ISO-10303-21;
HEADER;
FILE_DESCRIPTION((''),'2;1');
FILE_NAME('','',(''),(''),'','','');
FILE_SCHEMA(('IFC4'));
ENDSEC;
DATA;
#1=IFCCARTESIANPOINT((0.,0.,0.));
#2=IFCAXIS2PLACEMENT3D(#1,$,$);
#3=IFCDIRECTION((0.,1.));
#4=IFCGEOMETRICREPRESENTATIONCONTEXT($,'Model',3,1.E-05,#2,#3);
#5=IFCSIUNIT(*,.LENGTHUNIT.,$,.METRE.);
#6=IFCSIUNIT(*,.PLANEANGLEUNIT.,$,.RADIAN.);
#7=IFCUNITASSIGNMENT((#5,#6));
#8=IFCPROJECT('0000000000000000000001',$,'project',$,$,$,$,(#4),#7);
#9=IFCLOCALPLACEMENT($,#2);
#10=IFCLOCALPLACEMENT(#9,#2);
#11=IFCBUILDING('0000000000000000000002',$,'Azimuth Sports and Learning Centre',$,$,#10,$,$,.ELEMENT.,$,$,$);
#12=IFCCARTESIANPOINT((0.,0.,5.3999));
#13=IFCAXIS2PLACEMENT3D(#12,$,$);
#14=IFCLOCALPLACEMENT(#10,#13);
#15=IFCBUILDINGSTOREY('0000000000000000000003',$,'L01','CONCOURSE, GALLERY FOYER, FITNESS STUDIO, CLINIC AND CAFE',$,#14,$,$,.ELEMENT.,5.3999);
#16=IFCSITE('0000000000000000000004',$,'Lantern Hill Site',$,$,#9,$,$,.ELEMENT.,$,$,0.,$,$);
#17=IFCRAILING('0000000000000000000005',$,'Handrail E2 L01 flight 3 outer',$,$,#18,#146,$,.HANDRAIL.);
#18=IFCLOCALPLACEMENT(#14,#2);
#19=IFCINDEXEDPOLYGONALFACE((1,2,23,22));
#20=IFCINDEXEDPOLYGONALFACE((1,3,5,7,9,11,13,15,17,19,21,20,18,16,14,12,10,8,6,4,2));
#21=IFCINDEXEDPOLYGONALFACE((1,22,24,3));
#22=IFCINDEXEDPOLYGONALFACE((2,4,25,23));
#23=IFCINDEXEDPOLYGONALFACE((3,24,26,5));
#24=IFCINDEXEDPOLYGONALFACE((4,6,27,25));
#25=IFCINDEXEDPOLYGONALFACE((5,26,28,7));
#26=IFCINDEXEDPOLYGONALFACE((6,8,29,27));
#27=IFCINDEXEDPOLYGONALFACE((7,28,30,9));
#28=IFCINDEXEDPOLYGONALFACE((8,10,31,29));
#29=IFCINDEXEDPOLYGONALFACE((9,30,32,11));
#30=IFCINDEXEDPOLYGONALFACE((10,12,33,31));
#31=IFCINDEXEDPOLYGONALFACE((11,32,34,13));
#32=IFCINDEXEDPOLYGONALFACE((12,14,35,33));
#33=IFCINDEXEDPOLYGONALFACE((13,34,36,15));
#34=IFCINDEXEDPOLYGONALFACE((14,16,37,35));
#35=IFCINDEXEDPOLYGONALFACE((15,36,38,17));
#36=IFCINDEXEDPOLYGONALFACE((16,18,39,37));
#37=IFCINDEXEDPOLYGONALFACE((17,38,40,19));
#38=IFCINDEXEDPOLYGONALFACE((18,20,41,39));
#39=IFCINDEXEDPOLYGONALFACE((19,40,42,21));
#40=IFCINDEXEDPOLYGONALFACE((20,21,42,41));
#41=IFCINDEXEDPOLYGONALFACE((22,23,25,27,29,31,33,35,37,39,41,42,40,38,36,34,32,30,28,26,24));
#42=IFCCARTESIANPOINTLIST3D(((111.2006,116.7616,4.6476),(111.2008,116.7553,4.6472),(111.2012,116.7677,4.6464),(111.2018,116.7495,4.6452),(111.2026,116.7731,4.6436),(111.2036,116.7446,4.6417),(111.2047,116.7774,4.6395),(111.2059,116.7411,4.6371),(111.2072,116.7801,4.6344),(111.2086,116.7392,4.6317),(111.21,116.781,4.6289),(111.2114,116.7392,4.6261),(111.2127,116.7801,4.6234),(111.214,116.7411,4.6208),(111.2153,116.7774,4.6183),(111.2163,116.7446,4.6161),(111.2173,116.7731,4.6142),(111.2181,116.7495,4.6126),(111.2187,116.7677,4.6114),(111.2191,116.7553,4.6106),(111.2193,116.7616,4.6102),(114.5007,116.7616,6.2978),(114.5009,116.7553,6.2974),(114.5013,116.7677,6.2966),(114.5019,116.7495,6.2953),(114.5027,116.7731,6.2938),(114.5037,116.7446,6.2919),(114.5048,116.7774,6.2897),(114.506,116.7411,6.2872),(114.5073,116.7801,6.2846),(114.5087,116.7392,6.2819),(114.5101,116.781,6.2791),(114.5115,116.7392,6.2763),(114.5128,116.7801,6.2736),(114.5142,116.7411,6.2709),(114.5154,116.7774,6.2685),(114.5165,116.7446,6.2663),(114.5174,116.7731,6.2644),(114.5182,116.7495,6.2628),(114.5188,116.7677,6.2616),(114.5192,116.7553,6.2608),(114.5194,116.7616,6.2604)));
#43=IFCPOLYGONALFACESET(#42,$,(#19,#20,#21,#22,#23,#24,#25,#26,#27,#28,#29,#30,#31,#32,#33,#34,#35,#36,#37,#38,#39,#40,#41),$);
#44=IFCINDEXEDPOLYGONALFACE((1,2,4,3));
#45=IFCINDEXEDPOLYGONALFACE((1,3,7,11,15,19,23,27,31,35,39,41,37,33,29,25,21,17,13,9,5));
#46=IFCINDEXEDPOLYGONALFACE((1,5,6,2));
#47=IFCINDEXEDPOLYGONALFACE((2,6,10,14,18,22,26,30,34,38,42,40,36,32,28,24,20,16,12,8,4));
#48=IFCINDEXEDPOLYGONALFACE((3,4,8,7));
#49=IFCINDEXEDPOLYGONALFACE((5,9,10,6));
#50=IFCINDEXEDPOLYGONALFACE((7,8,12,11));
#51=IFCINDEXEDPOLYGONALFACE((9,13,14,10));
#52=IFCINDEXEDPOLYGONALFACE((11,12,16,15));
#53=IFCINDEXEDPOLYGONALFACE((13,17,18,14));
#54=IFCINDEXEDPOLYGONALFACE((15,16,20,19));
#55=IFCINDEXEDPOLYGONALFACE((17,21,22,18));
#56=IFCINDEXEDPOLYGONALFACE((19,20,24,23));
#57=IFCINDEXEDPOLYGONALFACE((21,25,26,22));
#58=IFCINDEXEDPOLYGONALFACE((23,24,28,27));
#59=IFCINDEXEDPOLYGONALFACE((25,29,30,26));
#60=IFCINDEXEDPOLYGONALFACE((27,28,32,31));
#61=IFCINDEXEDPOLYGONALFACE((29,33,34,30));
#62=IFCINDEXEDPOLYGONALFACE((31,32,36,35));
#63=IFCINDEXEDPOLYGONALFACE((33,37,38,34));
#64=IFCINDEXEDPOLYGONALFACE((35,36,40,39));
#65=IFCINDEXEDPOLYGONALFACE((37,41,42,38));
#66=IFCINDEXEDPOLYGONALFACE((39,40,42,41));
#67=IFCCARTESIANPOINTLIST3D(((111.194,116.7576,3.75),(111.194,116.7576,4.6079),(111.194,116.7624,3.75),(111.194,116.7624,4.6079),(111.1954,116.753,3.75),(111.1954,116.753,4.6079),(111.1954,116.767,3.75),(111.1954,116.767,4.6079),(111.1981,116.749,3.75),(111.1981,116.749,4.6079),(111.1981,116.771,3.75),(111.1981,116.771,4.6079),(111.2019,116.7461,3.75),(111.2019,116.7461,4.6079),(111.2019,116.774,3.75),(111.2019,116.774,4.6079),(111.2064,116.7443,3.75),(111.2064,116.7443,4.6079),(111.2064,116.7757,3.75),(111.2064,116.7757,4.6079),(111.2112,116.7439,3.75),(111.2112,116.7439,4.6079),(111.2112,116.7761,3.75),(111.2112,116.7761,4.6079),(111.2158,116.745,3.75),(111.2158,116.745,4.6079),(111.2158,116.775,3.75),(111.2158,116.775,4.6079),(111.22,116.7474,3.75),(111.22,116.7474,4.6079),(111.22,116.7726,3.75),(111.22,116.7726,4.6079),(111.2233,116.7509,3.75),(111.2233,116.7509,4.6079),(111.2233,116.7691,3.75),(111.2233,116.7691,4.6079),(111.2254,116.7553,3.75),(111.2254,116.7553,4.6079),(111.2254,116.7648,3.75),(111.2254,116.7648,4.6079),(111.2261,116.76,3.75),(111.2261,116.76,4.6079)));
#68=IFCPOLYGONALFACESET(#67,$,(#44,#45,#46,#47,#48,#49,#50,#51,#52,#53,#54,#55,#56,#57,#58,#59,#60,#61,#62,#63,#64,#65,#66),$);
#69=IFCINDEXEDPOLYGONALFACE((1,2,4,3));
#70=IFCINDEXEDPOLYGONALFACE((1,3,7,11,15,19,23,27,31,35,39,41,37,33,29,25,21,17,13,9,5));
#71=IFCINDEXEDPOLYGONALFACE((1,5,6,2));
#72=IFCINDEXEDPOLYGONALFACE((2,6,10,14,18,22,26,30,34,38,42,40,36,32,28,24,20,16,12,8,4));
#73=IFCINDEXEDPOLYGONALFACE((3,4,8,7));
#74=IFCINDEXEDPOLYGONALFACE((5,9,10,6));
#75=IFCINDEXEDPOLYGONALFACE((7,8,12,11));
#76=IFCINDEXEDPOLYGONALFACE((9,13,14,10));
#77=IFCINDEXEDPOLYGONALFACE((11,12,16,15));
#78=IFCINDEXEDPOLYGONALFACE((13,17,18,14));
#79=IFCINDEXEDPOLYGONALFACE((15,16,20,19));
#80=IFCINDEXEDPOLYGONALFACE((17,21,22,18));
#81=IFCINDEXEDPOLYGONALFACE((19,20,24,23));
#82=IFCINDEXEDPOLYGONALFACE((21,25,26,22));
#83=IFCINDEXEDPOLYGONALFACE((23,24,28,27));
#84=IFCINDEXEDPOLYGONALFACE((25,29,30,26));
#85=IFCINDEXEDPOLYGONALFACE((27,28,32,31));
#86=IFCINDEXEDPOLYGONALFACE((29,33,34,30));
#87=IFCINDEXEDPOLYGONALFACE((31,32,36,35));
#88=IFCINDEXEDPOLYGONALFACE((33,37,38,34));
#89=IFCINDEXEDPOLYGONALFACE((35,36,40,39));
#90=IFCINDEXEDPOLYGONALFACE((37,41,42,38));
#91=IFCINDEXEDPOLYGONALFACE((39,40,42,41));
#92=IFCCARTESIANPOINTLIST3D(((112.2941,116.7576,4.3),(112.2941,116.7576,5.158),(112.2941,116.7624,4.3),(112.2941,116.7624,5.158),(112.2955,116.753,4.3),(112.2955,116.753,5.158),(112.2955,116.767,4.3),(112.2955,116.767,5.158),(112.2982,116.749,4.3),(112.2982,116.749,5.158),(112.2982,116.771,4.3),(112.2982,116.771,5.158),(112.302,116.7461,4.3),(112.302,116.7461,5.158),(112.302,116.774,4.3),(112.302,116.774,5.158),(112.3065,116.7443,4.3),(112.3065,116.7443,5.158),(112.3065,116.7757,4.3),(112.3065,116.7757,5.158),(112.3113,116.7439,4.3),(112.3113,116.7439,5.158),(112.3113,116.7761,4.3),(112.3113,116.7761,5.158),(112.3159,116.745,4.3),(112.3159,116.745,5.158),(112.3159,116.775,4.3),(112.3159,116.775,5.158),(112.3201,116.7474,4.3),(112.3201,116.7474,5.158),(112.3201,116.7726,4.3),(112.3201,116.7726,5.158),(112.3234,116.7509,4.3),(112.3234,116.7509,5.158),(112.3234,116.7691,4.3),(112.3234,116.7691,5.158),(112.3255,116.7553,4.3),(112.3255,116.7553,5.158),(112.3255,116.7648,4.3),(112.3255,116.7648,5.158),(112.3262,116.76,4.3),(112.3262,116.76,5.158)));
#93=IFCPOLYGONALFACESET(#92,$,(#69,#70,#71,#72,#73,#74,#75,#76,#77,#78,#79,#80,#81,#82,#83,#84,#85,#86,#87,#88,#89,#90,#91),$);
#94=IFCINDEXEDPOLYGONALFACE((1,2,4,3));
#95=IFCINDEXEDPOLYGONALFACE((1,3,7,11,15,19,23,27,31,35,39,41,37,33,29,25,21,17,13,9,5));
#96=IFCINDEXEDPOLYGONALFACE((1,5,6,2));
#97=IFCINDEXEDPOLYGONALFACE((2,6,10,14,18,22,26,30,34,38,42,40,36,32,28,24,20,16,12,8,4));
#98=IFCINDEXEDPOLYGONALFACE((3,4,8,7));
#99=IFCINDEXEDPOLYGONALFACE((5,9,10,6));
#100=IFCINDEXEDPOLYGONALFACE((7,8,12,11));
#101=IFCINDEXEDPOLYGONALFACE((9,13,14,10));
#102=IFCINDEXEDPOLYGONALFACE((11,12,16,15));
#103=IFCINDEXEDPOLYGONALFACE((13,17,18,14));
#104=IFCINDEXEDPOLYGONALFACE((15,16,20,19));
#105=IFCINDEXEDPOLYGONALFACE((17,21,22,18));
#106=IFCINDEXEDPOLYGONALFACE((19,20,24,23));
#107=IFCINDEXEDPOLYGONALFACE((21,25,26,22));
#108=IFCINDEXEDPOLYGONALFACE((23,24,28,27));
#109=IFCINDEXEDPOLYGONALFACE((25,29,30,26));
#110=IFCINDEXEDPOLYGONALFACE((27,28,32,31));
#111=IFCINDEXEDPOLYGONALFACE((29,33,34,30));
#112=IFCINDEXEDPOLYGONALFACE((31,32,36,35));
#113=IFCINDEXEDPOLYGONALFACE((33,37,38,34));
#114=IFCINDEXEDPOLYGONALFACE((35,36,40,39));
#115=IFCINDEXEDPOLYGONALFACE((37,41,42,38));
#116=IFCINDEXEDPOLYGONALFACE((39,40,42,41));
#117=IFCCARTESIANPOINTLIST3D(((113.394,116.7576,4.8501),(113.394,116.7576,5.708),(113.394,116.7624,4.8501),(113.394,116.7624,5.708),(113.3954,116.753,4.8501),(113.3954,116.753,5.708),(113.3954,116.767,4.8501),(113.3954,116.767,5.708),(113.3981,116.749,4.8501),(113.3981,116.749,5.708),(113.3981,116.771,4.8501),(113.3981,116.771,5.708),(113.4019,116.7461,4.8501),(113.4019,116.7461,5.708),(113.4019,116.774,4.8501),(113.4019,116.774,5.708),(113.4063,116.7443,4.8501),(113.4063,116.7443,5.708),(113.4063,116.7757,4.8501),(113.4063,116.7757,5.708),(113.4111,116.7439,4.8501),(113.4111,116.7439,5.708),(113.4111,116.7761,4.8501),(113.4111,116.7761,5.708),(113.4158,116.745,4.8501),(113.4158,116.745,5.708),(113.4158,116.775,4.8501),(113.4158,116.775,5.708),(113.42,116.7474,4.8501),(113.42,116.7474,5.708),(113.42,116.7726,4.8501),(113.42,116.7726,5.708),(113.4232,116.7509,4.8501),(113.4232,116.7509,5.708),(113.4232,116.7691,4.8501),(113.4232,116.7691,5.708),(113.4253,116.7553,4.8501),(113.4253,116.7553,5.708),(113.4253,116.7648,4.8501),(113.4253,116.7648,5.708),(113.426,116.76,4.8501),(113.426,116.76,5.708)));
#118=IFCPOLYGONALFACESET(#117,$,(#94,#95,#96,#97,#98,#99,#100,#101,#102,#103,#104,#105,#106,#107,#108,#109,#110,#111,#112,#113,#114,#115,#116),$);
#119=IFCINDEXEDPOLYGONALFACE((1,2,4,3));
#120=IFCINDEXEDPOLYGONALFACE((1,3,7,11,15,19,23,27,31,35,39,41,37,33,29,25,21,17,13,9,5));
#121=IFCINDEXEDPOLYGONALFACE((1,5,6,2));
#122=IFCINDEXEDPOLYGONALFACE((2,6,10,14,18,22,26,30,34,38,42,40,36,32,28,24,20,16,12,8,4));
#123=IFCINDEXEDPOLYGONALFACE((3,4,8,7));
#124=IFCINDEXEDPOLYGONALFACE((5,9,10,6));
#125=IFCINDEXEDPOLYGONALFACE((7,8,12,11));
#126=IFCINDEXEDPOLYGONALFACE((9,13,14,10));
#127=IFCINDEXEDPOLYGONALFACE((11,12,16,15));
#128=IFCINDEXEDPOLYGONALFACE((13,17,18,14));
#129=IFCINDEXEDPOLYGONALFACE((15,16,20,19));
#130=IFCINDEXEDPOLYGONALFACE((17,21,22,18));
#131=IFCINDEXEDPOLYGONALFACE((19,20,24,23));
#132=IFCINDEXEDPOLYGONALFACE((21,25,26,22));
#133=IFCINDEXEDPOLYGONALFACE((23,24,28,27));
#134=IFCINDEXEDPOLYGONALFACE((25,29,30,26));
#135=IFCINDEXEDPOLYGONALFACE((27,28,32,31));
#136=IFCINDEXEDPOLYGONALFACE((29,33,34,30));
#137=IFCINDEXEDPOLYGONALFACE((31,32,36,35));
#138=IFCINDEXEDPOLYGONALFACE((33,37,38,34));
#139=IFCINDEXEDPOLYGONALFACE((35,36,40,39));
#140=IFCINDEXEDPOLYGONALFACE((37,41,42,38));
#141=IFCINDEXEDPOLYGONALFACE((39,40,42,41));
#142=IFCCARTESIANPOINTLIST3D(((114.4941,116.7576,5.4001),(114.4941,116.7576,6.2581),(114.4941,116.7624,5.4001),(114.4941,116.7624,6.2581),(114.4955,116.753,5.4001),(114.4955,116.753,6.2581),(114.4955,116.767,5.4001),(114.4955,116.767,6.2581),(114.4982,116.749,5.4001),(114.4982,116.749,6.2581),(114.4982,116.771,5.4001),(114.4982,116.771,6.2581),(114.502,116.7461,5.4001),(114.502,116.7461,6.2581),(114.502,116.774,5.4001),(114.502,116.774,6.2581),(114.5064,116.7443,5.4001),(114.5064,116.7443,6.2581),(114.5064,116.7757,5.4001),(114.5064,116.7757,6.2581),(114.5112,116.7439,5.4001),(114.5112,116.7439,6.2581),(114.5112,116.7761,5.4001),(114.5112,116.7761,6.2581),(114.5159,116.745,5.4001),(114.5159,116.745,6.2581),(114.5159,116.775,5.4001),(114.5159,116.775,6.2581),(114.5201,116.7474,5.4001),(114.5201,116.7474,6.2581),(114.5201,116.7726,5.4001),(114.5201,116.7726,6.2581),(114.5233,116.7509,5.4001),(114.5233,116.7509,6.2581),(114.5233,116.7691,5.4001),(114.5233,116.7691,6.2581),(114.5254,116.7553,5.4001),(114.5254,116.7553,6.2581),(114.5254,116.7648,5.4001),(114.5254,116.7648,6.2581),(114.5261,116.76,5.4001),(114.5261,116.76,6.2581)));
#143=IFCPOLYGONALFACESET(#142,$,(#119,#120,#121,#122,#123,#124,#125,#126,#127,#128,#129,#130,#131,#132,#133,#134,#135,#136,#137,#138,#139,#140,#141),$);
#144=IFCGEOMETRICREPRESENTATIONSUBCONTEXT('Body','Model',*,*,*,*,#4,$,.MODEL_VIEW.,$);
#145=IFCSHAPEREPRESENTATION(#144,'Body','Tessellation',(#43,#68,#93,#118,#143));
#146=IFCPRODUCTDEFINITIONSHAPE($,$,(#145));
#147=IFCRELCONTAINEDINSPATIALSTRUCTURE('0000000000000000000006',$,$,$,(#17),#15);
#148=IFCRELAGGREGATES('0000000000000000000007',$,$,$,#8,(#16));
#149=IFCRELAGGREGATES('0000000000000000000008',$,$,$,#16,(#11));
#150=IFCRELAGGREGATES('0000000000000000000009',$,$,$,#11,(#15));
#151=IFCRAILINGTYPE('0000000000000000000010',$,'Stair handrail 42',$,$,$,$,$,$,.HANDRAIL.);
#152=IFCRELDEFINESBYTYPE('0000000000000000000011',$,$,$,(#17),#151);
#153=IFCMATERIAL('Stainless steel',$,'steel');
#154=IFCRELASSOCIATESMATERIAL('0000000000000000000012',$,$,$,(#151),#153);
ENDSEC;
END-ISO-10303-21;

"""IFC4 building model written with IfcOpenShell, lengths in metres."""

from ifc_helpers import new_model, si_unit, direction, frame, origin, origin_2d, place, context, subcontext, project, spatial, circle, extrude, material, type_object, element, save


model = new_model("IFC4")

# Units and contexts
model_context = context("Model", 3, precision=1e-05, world=origin(), true_north=direction((0.0, 1.0)))
body_context = subcontext(model_context, "Body", "Model", "MODEL_VIEW")
ifc_project = project(units=[si_unit("LENGTHUNIT", "METRE"), si_unit("PLANEANGLEUNIT", "RADIAN")], contexts=[model_context])

# Site, building, storey
site_placement = place(None, origin())
site = spatial("IfcSite", under=ifc_project, at=site_placement, Name="Lantern Hill Site", CompositionType="ELEMENT", RefElevation=0.0)
building_placement = place(site_placement, origin())
building = spatial("IfcBuilding", under=site, at=building_placement, Name="Azimuth Sports and Learning Centre", CompositionType="ELEMENT")
storey_placement = place(building_placement, frame((0.0, 0.0, 5.3999)))
storey = spatial("IfcBuildingStorey", under=building, at=storey_placement, Name="L01", Description="CONCOURSE, GALLERY FOYER, FITNESS STUDIO, CLINIC AND CAFE", CompositionType="ELEMENT", Elevation=5.3999)

# Railing
ifc_material_1 = material(Name="Stainless steel", Category="steel")
railing_type = type_object("IfcRailingType", Name="Stair handrail 42", PredefinedType="HANDRAIL", material=ifc_material_1)
for number, where, name in (
    (1, (111.21, 116.76, 3.75), "Handrail E2 L01 flight 3 outer"),
):
    element("IfcRailing", number, at=place(storey_placement, frame(where)), inside=storey, type_object=railing_type, Name=name, PredefinedType="HANDRAIL", context=body_context, shape_type="SweptSolid", body=[
        extrude(circle(Radius=0.021, at=origin_2d()), frame((0.0, 0.0, 0.8789), z_axis=(0.894414, 0.0, 0.44724), x_axis=(0.0, 1.0, 0.0)), (0.0, 0.0, 1.0), 3.6897),
        extrude(circle(Radius=0.0161, at=origin_2d()), origin(), (0.0, 0.0, 1.0), 0.8579),
        extrude(circle(Radius=0.0161, at=origin_2d()), frame((1.1001, 0.0, 0.55)), (0.0, 0.0, 1.0), 0.8579),
        extrude(circle(Radius=0.0161, at=origin_2d()), frame((2.2, 0.0, 1.1001)), (0.0, 0.0, 1.0), 0.8579),
        extrude(circle(Radius=0.0161, at=origin_2d()), frame((3.3, 0.0, 1.6501)), (0.0, 0.0, 1.0), 0.8579),
    ])

save(model, "model.ifc")
